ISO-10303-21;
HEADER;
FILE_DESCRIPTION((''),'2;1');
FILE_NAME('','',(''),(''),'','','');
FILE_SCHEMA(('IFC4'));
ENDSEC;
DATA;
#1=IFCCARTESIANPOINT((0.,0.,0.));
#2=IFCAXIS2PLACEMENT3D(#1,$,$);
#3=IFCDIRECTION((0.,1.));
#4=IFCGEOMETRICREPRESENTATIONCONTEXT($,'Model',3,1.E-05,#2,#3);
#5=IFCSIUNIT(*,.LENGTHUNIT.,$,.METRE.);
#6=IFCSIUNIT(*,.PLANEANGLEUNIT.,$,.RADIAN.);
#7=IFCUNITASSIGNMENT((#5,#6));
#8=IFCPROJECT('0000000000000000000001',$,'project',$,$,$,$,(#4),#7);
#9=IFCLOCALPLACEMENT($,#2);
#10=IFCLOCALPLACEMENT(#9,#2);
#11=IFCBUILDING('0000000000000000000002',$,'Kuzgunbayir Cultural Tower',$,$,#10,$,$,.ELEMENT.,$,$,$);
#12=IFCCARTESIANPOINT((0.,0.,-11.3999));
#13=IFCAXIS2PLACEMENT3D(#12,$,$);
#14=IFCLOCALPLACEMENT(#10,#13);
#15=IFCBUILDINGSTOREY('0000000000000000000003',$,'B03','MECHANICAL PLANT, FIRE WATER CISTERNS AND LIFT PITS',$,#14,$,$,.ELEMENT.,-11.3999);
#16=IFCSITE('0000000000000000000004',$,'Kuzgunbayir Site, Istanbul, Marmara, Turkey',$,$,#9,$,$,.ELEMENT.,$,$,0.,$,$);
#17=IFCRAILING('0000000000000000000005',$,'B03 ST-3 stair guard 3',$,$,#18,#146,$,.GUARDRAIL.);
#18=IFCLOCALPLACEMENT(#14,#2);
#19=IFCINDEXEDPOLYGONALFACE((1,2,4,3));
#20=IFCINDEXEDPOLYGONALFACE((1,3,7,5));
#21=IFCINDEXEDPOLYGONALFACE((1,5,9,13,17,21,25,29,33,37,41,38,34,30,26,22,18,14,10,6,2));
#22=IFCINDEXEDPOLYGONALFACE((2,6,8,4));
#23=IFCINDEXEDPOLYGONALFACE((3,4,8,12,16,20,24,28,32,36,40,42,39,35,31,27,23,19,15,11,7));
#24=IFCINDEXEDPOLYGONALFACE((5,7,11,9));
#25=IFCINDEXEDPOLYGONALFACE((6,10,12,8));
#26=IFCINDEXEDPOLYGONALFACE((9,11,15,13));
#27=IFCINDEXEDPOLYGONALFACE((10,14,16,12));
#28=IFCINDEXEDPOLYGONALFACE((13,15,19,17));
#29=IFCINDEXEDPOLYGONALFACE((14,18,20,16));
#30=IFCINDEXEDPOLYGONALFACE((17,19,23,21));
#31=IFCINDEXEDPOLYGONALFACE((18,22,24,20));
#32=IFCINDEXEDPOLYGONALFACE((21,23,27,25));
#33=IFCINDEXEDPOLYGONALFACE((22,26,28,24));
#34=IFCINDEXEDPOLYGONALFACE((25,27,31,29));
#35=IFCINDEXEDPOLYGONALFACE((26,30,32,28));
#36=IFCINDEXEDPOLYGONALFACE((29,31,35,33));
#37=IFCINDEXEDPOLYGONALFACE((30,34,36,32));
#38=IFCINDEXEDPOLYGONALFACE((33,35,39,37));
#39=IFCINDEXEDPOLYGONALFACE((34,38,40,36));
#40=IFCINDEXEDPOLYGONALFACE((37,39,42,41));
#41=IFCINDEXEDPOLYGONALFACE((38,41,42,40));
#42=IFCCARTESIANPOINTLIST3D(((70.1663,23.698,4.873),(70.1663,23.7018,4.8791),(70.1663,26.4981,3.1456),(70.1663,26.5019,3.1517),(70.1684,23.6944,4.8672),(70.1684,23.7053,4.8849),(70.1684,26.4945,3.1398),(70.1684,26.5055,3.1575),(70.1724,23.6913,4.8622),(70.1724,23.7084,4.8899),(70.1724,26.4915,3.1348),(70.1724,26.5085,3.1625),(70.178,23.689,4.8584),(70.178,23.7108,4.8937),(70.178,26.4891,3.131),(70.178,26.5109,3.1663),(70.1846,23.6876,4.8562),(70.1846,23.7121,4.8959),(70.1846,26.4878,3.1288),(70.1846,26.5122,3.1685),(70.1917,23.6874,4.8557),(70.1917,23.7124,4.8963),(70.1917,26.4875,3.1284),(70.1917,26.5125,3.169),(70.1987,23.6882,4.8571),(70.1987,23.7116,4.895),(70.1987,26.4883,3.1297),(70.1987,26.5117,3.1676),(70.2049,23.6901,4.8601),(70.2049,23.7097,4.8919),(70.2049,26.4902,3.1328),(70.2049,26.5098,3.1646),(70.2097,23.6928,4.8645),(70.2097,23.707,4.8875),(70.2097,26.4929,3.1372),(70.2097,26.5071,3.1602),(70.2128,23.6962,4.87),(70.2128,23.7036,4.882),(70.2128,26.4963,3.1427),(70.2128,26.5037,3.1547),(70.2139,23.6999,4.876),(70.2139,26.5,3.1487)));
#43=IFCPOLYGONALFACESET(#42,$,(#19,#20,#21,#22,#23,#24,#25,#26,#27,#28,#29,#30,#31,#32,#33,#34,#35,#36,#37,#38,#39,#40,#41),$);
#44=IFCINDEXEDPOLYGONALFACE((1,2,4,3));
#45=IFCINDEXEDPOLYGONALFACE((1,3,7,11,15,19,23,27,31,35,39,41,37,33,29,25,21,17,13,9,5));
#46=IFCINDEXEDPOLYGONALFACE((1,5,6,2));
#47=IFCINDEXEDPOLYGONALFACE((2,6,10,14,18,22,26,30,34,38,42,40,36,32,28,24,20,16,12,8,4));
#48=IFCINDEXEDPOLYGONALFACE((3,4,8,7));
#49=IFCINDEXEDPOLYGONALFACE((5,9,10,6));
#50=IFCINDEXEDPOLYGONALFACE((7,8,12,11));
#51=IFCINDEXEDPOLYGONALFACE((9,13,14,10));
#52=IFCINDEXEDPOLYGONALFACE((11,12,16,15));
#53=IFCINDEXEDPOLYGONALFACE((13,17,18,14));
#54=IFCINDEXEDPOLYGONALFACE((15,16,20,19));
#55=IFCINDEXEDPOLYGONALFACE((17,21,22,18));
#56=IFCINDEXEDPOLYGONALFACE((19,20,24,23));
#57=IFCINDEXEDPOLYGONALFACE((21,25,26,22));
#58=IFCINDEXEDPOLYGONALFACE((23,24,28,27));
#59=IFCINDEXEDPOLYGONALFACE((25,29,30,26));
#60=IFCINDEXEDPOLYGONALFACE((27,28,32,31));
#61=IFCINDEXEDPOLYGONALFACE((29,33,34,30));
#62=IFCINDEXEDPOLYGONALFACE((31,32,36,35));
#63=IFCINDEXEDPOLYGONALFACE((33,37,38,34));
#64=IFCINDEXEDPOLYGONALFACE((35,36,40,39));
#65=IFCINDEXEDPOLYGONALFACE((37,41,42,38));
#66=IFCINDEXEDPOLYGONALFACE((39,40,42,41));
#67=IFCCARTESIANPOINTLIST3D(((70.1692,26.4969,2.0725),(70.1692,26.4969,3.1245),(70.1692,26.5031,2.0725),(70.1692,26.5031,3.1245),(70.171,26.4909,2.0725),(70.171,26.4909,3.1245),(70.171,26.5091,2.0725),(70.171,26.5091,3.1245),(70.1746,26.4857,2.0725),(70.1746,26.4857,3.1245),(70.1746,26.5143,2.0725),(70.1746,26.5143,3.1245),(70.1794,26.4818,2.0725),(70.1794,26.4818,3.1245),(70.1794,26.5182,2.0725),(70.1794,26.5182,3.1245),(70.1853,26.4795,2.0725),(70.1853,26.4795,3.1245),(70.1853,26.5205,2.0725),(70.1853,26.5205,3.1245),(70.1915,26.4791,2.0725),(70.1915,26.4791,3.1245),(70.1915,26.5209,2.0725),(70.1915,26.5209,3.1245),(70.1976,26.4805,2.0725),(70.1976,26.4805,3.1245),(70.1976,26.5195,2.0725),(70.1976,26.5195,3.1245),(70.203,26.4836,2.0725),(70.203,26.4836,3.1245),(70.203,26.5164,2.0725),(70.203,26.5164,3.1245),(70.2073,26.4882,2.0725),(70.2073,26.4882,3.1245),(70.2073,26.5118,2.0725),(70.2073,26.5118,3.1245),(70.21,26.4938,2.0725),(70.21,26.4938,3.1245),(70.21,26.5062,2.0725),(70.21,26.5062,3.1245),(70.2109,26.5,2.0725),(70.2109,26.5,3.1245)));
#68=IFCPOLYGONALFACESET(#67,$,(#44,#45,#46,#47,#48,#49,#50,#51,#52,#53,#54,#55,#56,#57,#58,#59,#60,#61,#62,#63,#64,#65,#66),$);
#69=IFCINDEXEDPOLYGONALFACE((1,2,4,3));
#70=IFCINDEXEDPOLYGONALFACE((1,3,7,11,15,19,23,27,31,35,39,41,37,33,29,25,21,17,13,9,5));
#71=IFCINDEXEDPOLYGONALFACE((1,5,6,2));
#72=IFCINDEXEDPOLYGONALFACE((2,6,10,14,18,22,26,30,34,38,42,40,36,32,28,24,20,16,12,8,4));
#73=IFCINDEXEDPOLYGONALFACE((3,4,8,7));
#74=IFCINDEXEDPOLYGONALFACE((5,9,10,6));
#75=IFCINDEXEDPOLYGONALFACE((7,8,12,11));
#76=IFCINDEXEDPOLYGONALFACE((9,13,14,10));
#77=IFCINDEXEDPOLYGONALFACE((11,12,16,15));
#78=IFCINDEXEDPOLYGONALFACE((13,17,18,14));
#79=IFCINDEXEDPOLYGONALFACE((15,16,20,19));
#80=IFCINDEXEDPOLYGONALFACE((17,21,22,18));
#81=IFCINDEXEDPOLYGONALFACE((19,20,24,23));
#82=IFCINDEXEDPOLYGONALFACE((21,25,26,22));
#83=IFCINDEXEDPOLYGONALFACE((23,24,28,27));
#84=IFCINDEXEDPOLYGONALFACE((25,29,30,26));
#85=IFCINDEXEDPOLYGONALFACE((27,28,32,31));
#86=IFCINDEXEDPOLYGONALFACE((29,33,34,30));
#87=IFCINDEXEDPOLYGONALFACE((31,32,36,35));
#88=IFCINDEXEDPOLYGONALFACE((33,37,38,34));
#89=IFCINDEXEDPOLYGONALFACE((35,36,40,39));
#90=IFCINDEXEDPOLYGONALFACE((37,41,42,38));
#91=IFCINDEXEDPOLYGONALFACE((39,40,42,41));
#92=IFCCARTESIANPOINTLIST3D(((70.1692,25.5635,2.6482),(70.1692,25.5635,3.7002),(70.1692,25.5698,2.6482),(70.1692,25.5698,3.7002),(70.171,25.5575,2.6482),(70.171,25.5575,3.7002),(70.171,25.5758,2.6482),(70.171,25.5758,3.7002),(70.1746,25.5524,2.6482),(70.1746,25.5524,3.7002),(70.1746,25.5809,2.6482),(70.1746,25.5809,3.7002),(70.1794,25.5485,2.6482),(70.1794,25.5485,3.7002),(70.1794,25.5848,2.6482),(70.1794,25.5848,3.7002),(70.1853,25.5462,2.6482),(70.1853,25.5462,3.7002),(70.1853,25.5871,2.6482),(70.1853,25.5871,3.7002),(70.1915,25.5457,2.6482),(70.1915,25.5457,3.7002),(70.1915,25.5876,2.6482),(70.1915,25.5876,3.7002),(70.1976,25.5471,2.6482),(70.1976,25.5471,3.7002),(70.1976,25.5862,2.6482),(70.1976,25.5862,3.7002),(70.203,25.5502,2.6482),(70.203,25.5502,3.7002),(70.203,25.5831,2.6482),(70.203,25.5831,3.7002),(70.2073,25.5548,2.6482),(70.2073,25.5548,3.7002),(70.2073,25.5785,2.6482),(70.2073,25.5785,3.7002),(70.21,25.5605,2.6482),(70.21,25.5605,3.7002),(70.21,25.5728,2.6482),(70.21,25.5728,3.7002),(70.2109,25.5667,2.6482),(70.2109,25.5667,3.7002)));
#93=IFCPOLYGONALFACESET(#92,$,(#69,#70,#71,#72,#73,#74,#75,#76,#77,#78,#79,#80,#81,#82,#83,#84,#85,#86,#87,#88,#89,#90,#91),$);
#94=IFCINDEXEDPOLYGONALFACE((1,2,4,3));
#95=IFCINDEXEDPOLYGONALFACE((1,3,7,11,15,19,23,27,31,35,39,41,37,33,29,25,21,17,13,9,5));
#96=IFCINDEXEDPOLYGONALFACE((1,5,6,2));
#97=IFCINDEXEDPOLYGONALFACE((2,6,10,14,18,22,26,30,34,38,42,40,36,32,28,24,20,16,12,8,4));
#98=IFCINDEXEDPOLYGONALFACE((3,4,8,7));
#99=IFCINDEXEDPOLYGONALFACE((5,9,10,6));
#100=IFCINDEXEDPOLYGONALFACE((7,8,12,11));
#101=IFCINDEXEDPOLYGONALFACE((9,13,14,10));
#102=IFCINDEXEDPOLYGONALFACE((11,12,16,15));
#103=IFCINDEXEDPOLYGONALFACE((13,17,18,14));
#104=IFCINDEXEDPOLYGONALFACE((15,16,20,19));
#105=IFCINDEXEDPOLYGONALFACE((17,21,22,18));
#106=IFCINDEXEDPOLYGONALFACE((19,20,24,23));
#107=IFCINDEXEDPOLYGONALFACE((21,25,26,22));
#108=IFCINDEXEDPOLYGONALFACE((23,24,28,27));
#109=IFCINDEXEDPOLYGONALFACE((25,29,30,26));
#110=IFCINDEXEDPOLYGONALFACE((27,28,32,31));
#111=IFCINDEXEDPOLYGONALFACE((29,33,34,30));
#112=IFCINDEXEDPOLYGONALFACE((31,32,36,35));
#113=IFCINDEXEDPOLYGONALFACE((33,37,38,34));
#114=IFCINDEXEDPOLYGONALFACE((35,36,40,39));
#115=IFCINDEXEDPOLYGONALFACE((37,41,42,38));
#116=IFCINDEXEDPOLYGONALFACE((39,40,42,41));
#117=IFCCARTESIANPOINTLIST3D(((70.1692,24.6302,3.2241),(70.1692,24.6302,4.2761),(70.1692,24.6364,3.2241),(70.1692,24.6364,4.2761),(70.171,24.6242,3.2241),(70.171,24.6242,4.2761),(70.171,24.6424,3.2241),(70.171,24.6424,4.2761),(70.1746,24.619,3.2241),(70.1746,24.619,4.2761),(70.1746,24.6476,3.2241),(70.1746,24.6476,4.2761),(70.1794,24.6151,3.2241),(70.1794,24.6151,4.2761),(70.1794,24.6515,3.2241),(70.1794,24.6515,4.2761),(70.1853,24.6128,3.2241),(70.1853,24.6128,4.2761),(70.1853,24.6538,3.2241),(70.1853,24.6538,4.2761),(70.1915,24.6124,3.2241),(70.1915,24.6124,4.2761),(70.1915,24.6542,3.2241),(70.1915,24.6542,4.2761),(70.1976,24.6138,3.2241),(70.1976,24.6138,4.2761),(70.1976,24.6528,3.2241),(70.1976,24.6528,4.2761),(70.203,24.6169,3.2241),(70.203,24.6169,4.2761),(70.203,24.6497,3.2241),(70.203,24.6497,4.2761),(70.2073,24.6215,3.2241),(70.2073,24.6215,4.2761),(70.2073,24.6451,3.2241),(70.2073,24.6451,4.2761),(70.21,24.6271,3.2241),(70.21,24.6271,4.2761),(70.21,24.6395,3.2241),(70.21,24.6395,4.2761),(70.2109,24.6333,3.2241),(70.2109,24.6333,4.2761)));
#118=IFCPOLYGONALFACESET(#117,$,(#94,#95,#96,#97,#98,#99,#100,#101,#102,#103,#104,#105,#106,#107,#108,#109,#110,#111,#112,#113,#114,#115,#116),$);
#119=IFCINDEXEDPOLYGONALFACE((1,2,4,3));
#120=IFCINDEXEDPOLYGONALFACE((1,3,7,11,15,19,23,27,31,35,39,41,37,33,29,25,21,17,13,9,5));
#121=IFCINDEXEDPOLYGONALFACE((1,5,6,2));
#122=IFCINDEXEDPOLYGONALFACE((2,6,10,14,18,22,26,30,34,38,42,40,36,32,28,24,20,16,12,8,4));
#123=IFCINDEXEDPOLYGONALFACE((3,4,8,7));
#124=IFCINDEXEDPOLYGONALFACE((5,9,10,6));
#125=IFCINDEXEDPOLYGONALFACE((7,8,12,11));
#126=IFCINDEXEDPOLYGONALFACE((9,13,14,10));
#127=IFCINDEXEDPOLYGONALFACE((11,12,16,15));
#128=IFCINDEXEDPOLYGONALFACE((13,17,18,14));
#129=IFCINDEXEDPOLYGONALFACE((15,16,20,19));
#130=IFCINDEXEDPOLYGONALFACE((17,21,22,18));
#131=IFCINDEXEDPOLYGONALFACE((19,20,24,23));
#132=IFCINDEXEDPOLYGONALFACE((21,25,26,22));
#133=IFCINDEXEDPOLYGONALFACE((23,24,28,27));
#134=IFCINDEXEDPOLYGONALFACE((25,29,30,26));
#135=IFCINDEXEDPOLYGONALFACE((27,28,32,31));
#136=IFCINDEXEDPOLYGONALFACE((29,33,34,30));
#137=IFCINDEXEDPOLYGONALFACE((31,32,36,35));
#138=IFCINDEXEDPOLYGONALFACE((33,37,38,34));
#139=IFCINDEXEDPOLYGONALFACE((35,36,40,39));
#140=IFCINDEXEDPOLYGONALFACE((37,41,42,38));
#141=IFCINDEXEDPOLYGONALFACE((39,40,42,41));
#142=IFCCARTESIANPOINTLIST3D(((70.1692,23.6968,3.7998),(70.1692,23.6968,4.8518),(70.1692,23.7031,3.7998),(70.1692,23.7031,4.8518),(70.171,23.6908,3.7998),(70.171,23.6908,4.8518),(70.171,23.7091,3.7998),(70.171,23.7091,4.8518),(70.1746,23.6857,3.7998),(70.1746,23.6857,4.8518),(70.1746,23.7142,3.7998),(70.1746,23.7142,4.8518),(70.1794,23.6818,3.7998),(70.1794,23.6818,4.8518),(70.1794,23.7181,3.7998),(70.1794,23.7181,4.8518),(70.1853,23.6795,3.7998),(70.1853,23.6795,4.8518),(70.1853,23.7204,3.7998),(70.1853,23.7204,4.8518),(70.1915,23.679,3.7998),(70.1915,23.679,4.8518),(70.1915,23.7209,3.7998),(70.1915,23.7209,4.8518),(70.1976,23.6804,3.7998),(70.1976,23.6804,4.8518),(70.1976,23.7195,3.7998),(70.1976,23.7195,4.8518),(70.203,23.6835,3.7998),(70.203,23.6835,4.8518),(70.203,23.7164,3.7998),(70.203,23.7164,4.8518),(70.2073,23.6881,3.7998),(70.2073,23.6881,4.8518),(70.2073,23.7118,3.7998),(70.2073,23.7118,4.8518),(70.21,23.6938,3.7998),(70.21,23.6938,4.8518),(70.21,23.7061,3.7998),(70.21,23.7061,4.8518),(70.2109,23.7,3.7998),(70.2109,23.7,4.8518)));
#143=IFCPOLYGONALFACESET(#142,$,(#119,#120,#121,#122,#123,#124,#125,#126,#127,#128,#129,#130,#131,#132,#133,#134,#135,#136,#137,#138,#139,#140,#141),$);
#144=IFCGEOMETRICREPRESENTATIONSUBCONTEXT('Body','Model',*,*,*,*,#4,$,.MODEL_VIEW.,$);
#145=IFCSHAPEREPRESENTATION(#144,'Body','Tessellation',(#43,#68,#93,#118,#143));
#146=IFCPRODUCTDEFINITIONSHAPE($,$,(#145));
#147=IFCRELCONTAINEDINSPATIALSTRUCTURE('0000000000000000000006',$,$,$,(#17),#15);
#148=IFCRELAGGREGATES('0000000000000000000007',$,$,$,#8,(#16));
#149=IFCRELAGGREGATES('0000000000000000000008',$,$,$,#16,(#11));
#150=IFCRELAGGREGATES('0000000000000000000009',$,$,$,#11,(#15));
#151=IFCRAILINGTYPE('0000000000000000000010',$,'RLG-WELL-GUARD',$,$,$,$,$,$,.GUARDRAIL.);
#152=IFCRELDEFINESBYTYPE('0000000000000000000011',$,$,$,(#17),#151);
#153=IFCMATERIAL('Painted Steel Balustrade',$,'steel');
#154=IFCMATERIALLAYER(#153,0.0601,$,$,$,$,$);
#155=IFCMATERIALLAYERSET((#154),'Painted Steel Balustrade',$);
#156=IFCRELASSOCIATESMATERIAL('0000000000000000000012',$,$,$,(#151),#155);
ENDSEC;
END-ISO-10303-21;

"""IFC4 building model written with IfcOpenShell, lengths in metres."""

from ifc_helpers import new_model, si_unit, direction, frame, origin, origin_2d, place, context, subcontext, project, spatial, circle, extrude, material, layer, layer_set, type_object, element, save


model = new_model("IFC4")

# Units and contexts
model_context = context("Model", 3, precision=1e-05, world=origin(), true_north=direction((0.0, 1.0)))
body_context = subcontext(model_context, "Body", "Model", "MODEL_VIEW")
ifc_project = project(units=[si_unit("LENGTHUNIT", "METRE"), si_unit("PLANEANGLEUNIT", "RADIAN")], contexts=[model_context])

# Site, building, storey
site_placement = place(None, origin())
site = spatial("IfcSite", under=ifc_project, at=site_placement, Name="Kuzgunbayir Site, Istanbul, Marmara, Turkey", CompositionType="ELEMENT", RefElevation=0.0)
building_placement = place(site_placement, origin())
building = spatial("IfcBuilding", under=site, at=building_placement, Name="Kuzgunbayir Cultural Tower", CompositionType="ELEMENT")
storey_placement = place(building_placement, frame((0.0, 0.0, -11.3999)))
storey = spatial("IfcBuildingStorey", under=building, at=storey_placement, Name="B03", Description="MECHANICAL PLANT, FIRE WATER CISTERNS AND LIFT PITS", CompositionType="ELEMENT", Elevation=-11.3999)

# Railing
ifc_material_1 = material(Name="Painted Steel Balustrade", Category="steel")
ifc_layer_1 = layer(ifc_material_1, 0.0601)
ifc_layer_set_1 = layer_set([ifc_layer_1], Name="Painted Steel Balustrade")
railing_type_1 = type_object("IfcRailingType", Name="RLG-WELL-GUARD", PredefinedType="GUARDRAIL", material=ifc_layer_set_1)
railing_1_placement = place(storey_placement, frame((70.1899, 26.5, 2.0725)))
element("IfcRailing", 1, at=railing_1_placement, inside=storey, type_object=railing_type_1, Name="B03 ST-3 stair guard 3", PredefinedType="GUARDRAIL", context=body_context, shape_type="SweptSolid", body=[
    extrude(circle(Radius=0.0239, at=origin_2d()), frame((0.0, 0.0, 1.0762), z_axis=(0.0, -0.85109, 0.52502), x_axis=(1.0, 0.0, 0.0)), (0.0, 0.0, 1.0), 3.29),
    extrude(circle(Radius=0.021, at=origin_2d()), origin(), (0.0, 0.0, 1.0), 1.052),
    extrude(circle(Radius=0.021, at=origin_2d()), frame((0.0, -0.9333, 0.5757)), (0.0, 0.0, 1.0), 1.052),
    extrude(circle(Radius=0.021, at=origin_2d()), frame((0.0, -1.8667, 1.1516)), (0.0, 0.0, 1.0), 1.052),
    extrude(circle(Radius=0.021, at=origin_2d()), frame((0.0, -2.8, 1.7273)), (0.0, 0.0, 1.0), 1.052),
])

save(model, "model.ifc")
